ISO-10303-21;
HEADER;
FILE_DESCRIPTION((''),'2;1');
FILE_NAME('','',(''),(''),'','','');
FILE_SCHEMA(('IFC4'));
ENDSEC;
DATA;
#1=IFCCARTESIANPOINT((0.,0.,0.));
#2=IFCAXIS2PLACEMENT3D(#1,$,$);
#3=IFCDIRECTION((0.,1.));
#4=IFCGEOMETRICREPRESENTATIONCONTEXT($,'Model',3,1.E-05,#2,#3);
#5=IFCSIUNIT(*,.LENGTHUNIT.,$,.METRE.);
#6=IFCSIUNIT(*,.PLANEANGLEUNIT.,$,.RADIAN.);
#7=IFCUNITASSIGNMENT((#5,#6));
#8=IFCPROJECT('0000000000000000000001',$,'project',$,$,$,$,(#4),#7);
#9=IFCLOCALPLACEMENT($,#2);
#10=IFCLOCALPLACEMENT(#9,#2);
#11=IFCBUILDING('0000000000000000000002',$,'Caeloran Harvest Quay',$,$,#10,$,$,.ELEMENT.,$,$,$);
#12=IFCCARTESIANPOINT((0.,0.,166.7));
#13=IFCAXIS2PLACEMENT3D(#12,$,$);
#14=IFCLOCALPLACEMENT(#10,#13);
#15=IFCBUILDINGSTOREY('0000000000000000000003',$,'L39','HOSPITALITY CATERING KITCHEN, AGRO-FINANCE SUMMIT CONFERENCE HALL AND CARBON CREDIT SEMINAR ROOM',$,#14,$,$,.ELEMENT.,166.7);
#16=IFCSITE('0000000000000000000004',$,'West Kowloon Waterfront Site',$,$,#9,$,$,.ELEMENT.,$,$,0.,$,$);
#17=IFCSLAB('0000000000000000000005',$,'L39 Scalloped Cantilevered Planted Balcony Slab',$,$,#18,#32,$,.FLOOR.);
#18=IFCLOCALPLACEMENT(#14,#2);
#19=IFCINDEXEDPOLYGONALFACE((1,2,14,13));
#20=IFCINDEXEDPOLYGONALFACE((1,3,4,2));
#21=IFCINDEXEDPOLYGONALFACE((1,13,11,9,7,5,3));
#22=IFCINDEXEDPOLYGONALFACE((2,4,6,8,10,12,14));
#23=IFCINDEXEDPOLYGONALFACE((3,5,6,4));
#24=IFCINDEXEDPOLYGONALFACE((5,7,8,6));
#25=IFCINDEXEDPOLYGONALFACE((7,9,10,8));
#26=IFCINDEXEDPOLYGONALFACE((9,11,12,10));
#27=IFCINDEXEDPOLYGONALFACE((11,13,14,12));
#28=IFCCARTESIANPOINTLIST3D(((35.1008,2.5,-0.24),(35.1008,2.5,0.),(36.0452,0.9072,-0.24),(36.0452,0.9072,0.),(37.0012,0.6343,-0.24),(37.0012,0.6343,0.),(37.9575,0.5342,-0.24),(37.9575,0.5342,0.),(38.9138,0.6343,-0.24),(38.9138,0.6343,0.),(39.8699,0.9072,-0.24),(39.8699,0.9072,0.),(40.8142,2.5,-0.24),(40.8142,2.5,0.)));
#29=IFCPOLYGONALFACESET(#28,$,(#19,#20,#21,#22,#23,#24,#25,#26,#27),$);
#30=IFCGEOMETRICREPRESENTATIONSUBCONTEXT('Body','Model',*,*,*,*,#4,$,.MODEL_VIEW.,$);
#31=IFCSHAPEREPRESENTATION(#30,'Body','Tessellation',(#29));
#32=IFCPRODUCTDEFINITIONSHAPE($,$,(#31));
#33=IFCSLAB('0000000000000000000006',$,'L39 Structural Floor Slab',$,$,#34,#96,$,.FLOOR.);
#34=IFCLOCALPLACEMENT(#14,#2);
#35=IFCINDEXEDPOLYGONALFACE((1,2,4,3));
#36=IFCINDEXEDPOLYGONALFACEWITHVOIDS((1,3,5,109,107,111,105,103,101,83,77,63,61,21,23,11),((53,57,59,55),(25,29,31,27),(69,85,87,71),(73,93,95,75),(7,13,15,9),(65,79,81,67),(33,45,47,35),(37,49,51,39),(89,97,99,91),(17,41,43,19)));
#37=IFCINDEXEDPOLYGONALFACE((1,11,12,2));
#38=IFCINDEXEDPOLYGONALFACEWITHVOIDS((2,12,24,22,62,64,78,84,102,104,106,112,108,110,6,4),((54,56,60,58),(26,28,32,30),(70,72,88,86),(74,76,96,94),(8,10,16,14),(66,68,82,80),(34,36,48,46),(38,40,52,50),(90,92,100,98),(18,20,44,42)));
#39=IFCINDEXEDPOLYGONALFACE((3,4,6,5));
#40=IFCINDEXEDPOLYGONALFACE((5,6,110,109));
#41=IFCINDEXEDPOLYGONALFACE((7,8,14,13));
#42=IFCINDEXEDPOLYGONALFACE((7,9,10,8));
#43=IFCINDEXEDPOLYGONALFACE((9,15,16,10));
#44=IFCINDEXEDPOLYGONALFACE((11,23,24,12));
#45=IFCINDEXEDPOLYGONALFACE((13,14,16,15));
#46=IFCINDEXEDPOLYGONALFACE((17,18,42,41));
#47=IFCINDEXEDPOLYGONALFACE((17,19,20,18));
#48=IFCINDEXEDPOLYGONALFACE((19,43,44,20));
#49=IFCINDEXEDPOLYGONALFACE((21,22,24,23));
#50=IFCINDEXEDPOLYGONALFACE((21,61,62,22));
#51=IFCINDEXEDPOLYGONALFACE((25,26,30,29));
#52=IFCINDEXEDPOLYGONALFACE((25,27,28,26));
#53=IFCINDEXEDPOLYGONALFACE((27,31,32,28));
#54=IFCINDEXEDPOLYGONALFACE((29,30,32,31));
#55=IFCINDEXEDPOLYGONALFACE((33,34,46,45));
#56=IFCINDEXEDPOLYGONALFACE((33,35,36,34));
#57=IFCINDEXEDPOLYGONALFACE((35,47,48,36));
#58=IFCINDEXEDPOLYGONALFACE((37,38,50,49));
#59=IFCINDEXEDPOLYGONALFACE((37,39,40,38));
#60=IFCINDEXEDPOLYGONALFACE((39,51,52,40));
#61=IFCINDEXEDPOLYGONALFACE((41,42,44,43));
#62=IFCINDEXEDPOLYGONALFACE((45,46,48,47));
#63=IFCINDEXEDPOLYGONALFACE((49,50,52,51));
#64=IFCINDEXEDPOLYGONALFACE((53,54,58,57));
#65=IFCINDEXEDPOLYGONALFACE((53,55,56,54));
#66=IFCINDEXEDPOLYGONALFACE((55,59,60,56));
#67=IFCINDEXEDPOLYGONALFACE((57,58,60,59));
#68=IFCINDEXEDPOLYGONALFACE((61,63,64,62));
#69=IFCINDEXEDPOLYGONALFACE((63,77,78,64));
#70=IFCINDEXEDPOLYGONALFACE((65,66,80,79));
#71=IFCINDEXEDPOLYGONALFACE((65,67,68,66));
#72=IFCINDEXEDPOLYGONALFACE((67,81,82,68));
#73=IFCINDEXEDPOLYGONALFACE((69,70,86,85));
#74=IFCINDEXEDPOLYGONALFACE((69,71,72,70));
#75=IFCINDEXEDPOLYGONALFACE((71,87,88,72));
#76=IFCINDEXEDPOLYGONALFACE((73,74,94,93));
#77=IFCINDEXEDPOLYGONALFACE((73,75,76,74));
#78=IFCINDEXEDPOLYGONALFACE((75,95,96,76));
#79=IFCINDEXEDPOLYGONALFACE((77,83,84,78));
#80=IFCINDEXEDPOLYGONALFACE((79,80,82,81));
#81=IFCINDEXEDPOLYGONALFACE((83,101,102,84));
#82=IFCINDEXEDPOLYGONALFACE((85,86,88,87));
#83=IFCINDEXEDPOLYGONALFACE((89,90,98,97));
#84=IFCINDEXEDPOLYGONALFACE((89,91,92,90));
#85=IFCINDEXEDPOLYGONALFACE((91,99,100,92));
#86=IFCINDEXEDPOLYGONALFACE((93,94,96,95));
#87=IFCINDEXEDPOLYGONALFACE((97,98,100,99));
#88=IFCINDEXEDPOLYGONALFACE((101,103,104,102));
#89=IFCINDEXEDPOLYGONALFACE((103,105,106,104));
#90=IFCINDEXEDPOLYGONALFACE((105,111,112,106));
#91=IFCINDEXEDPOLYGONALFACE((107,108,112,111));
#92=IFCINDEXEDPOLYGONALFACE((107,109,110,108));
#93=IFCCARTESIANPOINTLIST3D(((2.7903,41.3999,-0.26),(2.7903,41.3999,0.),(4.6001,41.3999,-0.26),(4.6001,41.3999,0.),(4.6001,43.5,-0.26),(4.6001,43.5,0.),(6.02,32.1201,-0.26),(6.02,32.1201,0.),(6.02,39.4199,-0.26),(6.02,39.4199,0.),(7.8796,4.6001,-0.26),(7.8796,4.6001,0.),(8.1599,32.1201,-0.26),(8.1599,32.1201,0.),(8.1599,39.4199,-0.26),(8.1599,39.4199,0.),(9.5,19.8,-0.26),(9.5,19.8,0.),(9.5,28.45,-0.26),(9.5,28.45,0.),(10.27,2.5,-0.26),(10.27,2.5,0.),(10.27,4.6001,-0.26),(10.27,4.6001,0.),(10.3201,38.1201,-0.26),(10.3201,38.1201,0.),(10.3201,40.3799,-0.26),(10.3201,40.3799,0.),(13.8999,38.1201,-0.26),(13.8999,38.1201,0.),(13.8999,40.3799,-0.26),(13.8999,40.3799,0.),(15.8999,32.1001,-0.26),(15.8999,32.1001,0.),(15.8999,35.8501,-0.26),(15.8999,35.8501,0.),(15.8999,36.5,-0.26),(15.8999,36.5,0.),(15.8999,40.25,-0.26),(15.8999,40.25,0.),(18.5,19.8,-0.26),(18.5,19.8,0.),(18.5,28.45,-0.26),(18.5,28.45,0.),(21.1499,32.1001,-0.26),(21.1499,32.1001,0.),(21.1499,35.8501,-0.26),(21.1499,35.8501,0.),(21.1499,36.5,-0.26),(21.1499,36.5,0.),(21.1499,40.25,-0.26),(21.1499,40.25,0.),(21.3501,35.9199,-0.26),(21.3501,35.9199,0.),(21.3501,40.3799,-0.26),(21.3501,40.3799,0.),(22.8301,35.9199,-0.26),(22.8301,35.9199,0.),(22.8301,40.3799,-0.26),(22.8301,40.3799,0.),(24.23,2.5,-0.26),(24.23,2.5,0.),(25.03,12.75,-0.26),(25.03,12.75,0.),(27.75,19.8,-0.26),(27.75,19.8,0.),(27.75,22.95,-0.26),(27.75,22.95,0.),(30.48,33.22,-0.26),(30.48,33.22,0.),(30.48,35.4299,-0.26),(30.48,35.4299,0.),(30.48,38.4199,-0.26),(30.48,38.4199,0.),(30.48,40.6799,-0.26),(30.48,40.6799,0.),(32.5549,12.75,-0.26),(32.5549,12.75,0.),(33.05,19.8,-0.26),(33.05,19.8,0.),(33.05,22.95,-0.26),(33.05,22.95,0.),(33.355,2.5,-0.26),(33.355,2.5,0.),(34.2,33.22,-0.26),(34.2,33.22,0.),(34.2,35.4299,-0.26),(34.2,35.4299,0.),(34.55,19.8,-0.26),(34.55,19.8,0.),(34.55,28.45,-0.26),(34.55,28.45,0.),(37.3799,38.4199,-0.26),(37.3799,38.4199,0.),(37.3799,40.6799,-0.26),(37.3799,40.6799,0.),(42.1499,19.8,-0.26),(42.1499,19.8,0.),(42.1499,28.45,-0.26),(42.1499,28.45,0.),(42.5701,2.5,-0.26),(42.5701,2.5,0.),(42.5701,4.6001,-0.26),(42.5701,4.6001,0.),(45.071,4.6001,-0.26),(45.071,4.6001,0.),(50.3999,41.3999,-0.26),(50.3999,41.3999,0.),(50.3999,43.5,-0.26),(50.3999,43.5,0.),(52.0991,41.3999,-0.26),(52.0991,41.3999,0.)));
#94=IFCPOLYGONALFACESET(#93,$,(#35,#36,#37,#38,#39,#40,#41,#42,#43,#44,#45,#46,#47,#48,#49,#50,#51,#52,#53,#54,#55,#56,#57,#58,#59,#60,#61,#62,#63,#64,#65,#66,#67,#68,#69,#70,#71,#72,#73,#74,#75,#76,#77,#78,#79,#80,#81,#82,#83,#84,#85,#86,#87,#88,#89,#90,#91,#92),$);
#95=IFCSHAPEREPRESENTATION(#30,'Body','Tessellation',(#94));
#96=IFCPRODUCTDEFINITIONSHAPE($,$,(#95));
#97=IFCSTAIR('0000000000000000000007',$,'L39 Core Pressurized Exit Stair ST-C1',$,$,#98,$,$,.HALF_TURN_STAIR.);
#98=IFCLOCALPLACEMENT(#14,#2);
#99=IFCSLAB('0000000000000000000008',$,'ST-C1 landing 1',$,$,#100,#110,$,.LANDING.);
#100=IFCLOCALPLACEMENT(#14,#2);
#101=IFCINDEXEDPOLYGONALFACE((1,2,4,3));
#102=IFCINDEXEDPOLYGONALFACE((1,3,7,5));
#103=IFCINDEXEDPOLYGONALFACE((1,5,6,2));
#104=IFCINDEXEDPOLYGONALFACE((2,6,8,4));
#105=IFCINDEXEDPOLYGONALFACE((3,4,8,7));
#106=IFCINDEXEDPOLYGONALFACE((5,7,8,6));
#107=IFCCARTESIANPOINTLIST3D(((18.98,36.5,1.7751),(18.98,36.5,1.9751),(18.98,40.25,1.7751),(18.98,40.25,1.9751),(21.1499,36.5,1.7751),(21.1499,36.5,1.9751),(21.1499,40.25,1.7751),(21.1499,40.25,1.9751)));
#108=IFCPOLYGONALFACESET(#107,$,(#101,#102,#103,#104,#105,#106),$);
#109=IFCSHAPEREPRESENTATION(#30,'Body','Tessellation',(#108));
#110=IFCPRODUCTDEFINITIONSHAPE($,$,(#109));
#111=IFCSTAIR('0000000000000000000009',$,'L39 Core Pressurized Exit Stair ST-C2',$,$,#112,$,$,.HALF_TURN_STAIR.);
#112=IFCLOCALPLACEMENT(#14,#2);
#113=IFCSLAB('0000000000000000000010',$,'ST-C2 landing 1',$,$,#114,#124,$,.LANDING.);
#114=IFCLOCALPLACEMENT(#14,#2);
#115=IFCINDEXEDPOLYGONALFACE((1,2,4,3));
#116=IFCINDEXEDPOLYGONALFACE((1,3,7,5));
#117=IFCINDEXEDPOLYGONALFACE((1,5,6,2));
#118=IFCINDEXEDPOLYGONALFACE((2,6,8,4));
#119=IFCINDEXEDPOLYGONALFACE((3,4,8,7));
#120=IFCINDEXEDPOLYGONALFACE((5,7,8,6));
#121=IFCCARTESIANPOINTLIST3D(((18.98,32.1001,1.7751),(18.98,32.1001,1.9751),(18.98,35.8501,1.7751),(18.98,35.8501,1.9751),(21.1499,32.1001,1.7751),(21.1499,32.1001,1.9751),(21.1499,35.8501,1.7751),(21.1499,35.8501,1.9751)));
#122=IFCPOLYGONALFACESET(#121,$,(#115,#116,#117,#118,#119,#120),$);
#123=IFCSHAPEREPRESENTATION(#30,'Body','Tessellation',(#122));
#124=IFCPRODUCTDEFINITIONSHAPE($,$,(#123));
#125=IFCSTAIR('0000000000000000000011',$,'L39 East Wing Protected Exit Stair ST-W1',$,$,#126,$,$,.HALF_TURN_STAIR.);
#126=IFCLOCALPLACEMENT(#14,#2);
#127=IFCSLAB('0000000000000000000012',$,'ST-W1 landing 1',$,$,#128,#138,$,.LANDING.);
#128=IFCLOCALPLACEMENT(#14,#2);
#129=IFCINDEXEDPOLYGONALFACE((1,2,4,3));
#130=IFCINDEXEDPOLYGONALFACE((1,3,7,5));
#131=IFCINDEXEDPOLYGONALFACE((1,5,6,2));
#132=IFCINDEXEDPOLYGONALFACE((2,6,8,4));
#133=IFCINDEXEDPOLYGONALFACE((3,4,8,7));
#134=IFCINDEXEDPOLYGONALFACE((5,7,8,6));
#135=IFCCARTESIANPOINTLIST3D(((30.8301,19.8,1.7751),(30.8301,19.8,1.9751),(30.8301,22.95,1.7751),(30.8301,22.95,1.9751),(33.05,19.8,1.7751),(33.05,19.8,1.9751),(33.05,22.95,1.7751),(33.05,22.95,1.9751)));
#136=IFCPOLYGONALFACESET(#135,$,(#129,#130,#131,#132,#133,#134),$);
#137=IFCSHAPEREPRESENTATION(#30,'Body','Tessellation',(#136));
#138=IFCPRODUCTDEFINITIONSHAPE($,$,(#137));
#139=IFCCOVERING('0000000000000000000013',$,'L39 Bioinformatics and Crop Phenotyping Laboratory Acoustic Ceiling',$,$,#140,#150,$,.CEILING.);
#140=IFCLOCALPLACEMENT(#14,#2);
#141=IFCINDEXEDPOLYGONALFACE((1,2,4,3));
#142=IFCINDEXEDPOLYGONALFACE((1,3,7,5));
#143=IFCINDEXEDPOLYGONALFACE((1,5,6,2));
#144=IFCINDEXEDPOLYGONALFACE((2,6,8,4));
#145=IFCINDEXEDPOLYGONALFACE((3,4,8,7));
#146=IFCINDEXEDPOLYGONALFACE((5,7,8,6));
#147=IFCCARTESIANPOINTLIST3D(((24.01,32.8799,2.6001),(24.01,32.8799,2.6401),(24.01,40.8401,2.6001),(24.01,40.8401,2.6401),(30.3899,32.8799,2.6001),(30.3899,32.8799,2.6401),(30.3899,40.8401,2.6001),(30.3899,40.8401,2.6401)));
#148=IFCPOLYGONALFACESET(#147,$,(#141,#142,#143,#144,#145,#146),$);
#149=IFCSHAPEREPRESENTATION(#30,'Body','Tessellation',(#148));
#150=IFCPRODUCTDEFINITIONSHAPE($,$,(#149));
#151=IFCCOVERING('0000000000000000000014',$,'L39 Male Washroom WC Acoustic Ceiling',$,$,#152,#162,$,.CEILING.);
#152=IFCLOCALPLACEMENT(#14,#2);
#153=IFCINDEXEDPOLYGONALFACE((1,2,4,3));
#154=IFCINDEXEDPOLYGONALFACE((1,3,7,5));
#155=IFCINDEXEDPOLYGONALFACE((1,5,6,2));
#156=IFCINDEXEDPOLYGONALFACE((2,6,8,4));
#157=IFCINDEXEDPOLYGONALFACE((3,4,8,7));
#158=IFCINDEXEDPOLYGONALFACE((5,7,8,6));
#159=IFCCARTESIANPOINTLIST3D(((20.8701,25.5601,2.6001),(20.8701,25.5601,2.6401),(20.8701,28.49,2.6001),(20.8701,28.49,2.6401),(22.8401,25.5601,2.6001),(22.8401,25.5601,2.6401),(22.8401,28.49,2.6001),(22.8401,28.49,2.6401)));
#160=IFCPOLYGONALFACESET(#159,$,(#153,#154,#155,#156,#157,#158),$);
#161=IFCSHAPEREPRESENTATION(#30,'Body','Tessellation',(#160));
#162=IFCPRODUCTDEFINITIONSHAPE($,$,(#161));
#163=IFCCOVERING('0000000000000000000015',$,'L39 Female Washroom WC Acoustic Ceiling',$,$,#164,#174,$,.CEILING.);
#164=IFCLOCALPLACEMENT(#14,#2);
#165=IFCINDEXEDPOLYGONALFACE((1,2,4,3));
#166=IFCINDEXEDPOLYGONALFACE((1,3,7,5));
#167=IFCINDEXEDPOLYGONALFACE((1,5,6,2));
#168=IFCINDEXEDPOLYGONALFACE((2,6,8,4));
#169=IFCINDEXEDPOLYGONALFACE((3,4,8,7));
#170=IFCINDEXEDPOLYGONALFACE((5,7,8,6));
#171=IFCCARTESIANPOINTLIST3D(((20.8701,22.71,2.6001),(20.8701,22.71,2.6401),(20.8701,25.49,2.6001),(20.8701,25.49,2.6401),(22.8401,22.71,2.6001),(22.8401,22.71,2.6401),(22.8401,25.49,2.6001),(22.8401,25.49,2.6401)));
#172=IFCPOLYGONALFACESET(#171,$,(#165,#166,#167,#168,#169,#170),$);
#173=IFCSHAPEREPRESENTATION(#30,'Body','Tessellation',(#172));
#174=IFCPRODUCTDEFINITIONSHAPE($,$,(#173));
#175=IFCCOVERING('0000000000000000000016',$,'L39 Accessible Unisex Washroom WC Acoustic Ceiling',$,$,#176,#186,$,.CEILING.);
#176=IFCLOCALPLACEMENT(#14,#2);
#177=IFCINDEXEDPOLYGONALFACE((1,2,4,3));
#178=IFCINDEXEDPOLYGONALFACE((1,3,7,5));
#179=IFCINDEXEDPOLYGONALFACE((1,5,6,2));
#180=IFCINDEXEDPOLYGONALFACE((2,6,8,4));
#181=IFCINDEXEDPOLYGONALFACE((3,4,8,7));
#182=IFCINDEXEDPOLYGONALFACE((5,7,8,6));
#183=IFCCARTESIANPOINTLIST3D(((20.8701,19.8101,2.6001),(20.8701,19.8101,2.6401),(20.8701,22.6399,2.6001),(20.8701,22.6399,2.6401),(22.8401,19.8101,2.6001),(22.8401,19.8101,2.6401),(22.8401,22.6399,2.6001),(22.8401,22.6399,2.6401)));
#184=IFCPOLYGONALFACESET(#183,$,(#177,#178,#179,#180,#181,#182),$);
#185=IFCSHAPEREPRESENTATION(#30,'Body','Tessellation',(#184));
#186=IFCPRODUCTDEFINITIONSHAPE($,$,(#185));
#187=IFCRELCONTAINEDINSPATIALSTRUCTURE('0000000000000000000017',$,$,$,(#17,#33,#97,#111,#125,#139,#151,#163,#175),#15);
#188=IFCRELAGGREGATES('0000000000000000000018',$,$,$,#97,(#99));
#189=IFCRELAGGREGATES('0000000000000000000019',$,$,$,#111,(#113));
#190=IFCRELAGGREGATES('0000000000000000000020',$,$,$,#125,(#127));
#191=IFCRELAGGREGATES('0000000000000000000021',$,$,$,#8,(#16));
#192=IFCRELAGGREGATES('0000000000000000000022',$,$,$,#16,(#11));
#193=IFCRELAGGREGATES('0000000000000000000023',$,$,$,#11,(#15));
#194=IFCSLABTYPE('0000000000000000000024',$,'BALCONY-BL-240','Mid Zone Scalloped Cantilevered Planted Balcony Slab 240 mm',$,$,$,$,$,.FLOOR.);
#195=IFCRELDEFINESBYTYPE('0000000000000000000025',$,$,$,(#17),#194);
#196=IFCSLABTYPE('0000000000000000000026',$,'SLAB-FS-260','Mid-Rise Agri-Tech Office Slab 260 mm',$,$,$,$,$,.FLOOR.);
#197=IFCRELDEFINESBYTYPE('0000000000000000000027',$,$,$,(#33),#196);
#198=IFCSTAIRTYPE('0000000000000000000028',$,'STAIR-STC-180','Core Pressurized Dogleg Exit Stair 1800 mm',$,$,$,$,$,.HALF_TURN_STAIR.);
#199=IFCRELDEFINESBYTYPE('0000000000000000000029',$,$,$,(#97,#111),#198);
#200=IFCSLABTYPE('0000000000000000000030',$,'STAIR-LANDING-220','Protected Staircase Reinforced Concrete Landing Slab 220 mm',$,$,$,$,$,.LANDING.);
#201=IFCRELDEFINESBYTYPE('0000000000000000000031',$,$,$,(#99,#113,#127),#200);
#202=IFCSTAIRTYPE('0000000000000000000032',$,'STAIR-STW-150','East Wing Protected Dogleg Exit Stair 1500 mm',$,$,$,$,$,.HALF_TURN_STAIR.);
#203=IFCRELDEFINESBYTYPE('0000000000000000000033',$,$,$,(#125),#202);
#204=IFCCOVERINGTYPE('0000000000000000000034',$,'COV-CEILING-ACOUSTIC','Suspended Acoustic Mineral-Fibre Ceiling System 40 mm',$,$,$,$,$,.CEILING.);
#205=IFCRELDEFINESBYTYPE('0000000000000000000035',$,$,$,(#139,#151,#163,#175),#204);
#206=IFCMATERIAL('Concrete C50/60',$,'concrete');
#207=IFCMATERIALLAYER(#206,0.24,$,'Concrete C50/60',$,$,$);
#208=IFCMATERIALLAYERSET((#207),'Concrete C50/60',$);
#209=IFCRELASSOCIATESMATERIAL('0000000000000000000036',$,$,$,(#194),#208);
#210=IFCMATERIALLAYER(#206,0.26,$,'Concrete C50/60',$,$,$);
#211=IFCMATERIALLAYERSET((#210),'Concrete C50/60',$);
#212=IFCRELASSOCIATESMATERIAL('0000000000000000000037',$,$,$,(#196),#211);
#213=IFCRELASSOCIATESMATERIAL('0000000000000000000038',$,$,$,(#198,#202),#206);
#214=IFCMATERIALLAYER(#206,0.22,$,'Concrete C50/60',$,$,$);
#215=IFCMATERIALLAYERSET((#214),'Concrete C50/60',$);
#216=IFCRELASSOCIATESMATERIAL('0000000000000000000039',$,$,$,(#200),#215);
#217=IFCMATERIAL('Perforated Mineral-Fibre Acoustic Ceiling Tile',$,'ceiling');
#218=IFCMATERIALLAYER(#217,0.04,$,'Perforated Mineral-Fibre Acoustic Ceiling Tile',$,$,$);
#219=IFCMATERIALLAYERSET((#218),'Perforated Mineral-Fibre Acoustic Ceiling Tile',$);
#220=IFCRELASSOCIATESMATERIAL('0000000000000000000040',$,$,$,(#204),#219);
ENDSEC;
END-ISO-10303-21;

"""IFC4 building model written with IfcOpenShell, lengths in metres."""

from ifc_helpers import new_model, si_unit, direction, frame, origin, place, context, subcontext, project, spatial, polyline, outline, extrude, material, layer, layer_set, type_object, element, aggregate, save


model = new_model("IFC4")

# Units and contexts
model_context = context("Model", 3, precision=1e-05, world=origin(), true_north=direction((0.0, 1.0)))
body_context = subcontext(model_context, "Body", "Model", "MODEL_VIEW")
ifc_project = project(units=[si_unit("LENGTHUNIT", "METRE"), si_unit("PLANEANGLEUNIT", "RADIAN")], contexts=[model_context])

# Site, building, storey
site_placement = place(None, origin())
site = spatial("IfcSite", under=ifc_project, at=site_placement, Name="West Kowloon Waterfront Site", CompositionType="ELEMENT", RefElevation=0.0)
building_placement = place(site_placement, origin())
building = spatial("IfcBuilding", under=site, at=building_placement, Name="Caeloran Harvest Quay", CompositionType="ELEMENT")
storey_placement = place(building_placement, frame((0.0, 0.0, 166.7)))
storey = spatial("IfcBuildingStorey", under=building, at=storey_placement, Name="L39", Description="HOSPITALITY CATERING KITCHEN, AGRO-FINANCE SUMMIT CONFERENCE HALL AND CARBON CREDIT SEMINAR ROOM", CompositionType="ELEMENT", Elevation=166.7)

# Slabs
ifc_material_1 = material(Name="Concrete C50/60", Category="concrete")
ifc_layer_1 = layer(ifc_material_1, 0.24, Name="Concrete C50/60")
ifc_layer_set_1 = layer_set([ifc_layer_1], Name="Concrete C50/60")
slab_type_1 = type_object("IfcSlabType", Name="BALCONY-BL-240", Description="Mid Zone Scalloped Cantilevered Planted Balcony Slab 240 mm", PredefinedType="FLOOR", material=ifc_layer_set_1)
slab_1_placement = place(storey_placement, frame((0.0, 0.0, -0.24)))
element("IfcSlab", 1, at=slab_1_placement, inside=storey, type_object=slab_type_1, Name="L39 Scalloped Cantilevered Planted Balcony Slab", PredefinedType="FLOOR", context=body_context, shape_type="SweptSolid", body=[
    extrude(outline(polyline([(39.8699, 0.9072), (38.9138, 0.6343), (37.9575, 0.5342), (37.0012, 0.6343), (36.0452, 0.9072), (35.1008, 2.5), (40.8142, 2.5), (39.8699, 0.9072)])), origin(), (0.0, 0.0, 1.0), 0.24),
])
ifc_layer_2 = layer(ifc_material_1, 0.26, Name="Concrete C50/60")
ifc_layer_set_2 = layer_set([ifc_layer_2], Name="Concrete C50/60")
slab_type_2 = type_object("IfcSlabType", Name="SLAB-FS-260", Description="Mid-Rise Agri-Tech Office Slab 260 mm", PredefinedType="FLOOR", material=ifc_layer_set_2)
slab_2_placement = place(storey_placement, frame((0.0, 0.0, -0.26)))
element("IfcSlab", 2, at=slab_2_placement, inside=storey, type_object=slab_type_2, Name="L39 Structural Floor Slab", PredefinedType="FLOOR", context=body_context, shape_type="SweptSolid", body=[
    extrude(outline(polyline([(10.27, 2.5), (24.23, 2.5), (25.03, 12.75), (32.5549, 12.75), (33.355, 2.5), (42.5701, 2.5), (42.5701, 4.6001), (45.071, 4.6001), (52.0991, 41.3999), (50.3999, 41.3999), (50.3999, 43.5), (4.6001, 43.5), (4.6001, 41.3999), (2.7903, 41.3999), (7.8796, 4.6001), (10.27, 4.6001), (10.27, 2.5)]), holes=[polyline([(27.75, 19.8), (27.75, 22.95), (33.05, 22.95), (33.05, 19.8), (27.75, 19.8)]), polyline([(18.5, 19.8), (9.5, 19.8), (9.5, 28.45), (18.5, 28.45), (18.5, 19.8)]), polyline([(42.1499, 19.8), (34.55, 19.8), (34.55, 28.45), (42.1499, 28.45), (42.1499, 19.8)]), polyline([(15.8999, 35.8501), (21.1499, 35.8501), (21.1499, 32.1001), (15.8999, 32.1001), (15.8999, 35.8501)]), polyline([(30.48, 33.22), (30.48, 35.4299), (34.2, 35.4299), (34.2, 33.22), (30.48, 33.22)]), polyline([(8.1599, 32.1201), (6.02, 32.1201), (6.02, 39.4199), (8.1599, 39.4199), (8.1599, 32.1201)]), polyline([(22.8301, 35.9199), (21.3501, 35.9199), (21.3501, 40.3799), (22.8301, 40.3799), (22.8301, 35.9199)]), polyline([(15.8999, 36.5), (15.8999, 40.25), (21.1499, 40.25), (21.1499, 36.5), (15.8999, 36.5)]), polyline([(10.3201, 38.1201), (10.3201, 40.3799), (13.8999, 40.3799), (13.8999, 38.1201), (10.3201, 38.1201)]), polyline([(30.48, 38.4199), (30.48, 40.6799), (37.3799, 40.6799), (37.3799, 38.4199), (30.48, 38.4199)])]), origin(), (0.0, 0.0, 1.0), 0.26),
])

# Stairs, slabs
stair_type_1 = type_object("IfcStairType", Name="STAIR-STC-180", Description="Core Pressurized Dogleg Exit Stair 1800 mm", PredefinedType="HALF_TURN_STAIR", material=ifc_material_1)
stair_1_placement = place(storey_placement, origin())
stair_1 = element("IfcStair", 3, at=stair_1_placement, inside=storey, type_object=stair_type_1, Name="L39 Core Pressurized Exit Stair ST-C1", PredefinedType="HALF_TURN_STAIR")
ifc_layer_3 = layer(ifc_material_1, 0.22, Name="Concrete C50/60")
ifc_layer_set_3 = layer_set([ifc_layer_3], Name="Concrete C50/60")
slab_type_3 = type_object("IfcSlabType", Name="STAIR-LANDING-220", Description="Protected Staircase Reinforced Concrete Landing Slab 220 mm", PredefinedType="LANDING", material=ifc_layer_set_3)
slab_3_placement = place(storey_placement, frame((0.0, 0.0, 1.7751)))
slab_3 = element("IfcSlab", 4, at=slab_3_placement, type_object=slab_type_3, Name="ST-C1 landing 1", PredefinedType="LANDING", context=body_context, shape_type="SweptSolid", body=[
    extrude(outline(polyline([(18.98, 36.5), (21.1499, 36.5), (21.1499, 40.25), (18.98, 40.25), (18.98, 36.5)])), origin(), (0.0, 0.0, 1.0), 0.2),
])
aggregate(stair_1, [slab_3])
stair_2_placement = place(storey_placement, origin())
stair_2 = element("IfcStair", 5, at=stair_2_placement, inside=storey, type_object=stair_type_1, Name="L39 Core Pressurized Exit Stair ST-C2", PredefinedType="HALF_TURN_STAIR")
slab_4_placement = place(storey_placement, frame((0.0, 0.0, 1.7751)))
slab_4 = element("IfcSlab", 6, at=slab_4_placement, type_object=slab_type_3, Name="ST-C2 landing 1", PredefinedType="LANDING", context=body_context, shape_type="SweptSolid", body=[
    extrude(outline(polyline([(18.98, 32.1001), (21.1499, 32.1001), (21.1499, 35.8501), (18.98, 35.8501), (18.98, 32.1001)])), origin(), (0.0, 0.0, 1.0), 0.2),
])
aggregate(stair_2, [slab_4])
stair_type_2 = type_object("IfcStairType", Name="STAIR-STW-150", Description="East Wing Protected Dogleg Exit Stair 1500 mm", PredefinedType="HALF_TURN_STAIR", material=ifc_material_1)
stair_3_placement = place(storey_placement, origin())
stair_3 = element("IfcStair", 7, at=stair_3_placement, inside=storey, type_object=stair_type_2, Name="L39 East Wing Protected Exit Stair ST-W1", PredefinedType="HALF_TURN_STAIR")
slab_5_placement = place(storey_placement, frame((0.0, 0.0, 1.7751)))
slab_5 = element("IfcSlab", 8, at=slab_5_placement, type_object=slab_type_3, Name="ST-W1 landing 1", PredefinedType="LANDING", context=body_context, shape_type="SweptSolid", body=[
    extrude(outline(polyline([(30.8301, 19.8), (33.05, 19.8), (33.05, 22.95), (30.8301, 22.95), (30.8301, 19.8)])), origin(), (0.0, 0.0, 1.0), 0.2),
])
aggregate(stair_3, [slab_5])

# Coverings
ifc_material_2 = material(Name="Perforated Mineral-Fibre Acoustic Ceiling Tile", Category="ceiling")
ifc_layer_4 = layer(ifc_material_2, 0.04, Name="Perforated Mineral-Fibre Acoustic Ceiling Tile")
ifc_layer_set_4 = layer_set([ifc_layer_4], Name="Perforated Mineral-Fibre Acoustic Ceiling Tile")
covering_type_1 = type_object("IfcCoveringType", Name="COV-CEILING-ACOUSTIC", Description="Suspended Acoustic Mineral-Fibre Ceiling System 40 mm", PredefinedType="CEILING", material=ifc_layer_set_4)
covering_1_placement = place(storey_placement, frame((0.0, 0.0, 2.6001)))
element("IfcCovering", 9, at=covering_1_placement, inside=storey, type_object=covering_type_1, Name="L39 Bioinformatics and Crop Phenotyping Laboratory Acoustic Ceiling", PredefinedType="CEILING", context=body_context, shape_type="SweptSolid", body=[
    extrude(outline(polyline([(30.3899, 40.8401), (30.3899, 32.8799), (24.01, 32.8799), (24.01, 40.8401), (30.3899, 40.8401)])), origin(), (0.0, 0.0, 1.0), 0.04),
])
covering_2_placement = place(storey_placement, frame((0.0, 0.0, 2.6001)))
element("IfcCovering", 10, at=covering_2_placement, inside=storey, type_object=covering_type_1, Name="L39 Male Washroom WC Acoustic Ceiling", PredefinedType="CEILING", context=body_context, shape_type="SweptSolid", body=[
    extrude(outline(polyline([(22.8401, 25.5601), (20.8701, 25.5601), (20.8701, 28.49), (22.8401, 28.49), (22.8401, 25.5601)])), origin(), (0.0, 0.0, 1.0), 0.04),
])
covering_3_placement = place(storey_placement, frame((0.0, 0.0, 2.6001)))
element("IfcCovering", 11, at=covering_3_placement, inside=storey, type_object=covering_type_1, Name="L39 Female Washroom WC Acoustic Ceiling", PredefinedType="CEILING", context=body_context, shape_type="SweptSolid", body=[
    extrude(outline(polyline([(22.8401, 22.71), (20.8701, 22.71), (20.8701, 25.49), (22.8401, 25.49), (22.8401, 22.71)])), origin(), (0.0, 0.0, 1.0), 0.04),
])
covering_4_placement = place(storey_placement, frame((0.0, 0.0, 2.6001)))
element("IfcCovering", 12, at=covering_4_placement, inside=storey, type_object=covering_type_1, Name="L39 Accessible Unisex Washroom WC Acoustic Ceiling", PredefinedType="CEILING", context=body_context, shape_type="SweptSolid", body=[
    extrude(outline(polyline([(22.8401, 19.8101), (20.8701, 19.8101), (20.8701, 22.6399), (22.8401, 22.6399), (22.8401, 19.8101)])), origin(), (0.0, 0.0, 1.0), 0.04),
])

save(model, "model.ifc")
